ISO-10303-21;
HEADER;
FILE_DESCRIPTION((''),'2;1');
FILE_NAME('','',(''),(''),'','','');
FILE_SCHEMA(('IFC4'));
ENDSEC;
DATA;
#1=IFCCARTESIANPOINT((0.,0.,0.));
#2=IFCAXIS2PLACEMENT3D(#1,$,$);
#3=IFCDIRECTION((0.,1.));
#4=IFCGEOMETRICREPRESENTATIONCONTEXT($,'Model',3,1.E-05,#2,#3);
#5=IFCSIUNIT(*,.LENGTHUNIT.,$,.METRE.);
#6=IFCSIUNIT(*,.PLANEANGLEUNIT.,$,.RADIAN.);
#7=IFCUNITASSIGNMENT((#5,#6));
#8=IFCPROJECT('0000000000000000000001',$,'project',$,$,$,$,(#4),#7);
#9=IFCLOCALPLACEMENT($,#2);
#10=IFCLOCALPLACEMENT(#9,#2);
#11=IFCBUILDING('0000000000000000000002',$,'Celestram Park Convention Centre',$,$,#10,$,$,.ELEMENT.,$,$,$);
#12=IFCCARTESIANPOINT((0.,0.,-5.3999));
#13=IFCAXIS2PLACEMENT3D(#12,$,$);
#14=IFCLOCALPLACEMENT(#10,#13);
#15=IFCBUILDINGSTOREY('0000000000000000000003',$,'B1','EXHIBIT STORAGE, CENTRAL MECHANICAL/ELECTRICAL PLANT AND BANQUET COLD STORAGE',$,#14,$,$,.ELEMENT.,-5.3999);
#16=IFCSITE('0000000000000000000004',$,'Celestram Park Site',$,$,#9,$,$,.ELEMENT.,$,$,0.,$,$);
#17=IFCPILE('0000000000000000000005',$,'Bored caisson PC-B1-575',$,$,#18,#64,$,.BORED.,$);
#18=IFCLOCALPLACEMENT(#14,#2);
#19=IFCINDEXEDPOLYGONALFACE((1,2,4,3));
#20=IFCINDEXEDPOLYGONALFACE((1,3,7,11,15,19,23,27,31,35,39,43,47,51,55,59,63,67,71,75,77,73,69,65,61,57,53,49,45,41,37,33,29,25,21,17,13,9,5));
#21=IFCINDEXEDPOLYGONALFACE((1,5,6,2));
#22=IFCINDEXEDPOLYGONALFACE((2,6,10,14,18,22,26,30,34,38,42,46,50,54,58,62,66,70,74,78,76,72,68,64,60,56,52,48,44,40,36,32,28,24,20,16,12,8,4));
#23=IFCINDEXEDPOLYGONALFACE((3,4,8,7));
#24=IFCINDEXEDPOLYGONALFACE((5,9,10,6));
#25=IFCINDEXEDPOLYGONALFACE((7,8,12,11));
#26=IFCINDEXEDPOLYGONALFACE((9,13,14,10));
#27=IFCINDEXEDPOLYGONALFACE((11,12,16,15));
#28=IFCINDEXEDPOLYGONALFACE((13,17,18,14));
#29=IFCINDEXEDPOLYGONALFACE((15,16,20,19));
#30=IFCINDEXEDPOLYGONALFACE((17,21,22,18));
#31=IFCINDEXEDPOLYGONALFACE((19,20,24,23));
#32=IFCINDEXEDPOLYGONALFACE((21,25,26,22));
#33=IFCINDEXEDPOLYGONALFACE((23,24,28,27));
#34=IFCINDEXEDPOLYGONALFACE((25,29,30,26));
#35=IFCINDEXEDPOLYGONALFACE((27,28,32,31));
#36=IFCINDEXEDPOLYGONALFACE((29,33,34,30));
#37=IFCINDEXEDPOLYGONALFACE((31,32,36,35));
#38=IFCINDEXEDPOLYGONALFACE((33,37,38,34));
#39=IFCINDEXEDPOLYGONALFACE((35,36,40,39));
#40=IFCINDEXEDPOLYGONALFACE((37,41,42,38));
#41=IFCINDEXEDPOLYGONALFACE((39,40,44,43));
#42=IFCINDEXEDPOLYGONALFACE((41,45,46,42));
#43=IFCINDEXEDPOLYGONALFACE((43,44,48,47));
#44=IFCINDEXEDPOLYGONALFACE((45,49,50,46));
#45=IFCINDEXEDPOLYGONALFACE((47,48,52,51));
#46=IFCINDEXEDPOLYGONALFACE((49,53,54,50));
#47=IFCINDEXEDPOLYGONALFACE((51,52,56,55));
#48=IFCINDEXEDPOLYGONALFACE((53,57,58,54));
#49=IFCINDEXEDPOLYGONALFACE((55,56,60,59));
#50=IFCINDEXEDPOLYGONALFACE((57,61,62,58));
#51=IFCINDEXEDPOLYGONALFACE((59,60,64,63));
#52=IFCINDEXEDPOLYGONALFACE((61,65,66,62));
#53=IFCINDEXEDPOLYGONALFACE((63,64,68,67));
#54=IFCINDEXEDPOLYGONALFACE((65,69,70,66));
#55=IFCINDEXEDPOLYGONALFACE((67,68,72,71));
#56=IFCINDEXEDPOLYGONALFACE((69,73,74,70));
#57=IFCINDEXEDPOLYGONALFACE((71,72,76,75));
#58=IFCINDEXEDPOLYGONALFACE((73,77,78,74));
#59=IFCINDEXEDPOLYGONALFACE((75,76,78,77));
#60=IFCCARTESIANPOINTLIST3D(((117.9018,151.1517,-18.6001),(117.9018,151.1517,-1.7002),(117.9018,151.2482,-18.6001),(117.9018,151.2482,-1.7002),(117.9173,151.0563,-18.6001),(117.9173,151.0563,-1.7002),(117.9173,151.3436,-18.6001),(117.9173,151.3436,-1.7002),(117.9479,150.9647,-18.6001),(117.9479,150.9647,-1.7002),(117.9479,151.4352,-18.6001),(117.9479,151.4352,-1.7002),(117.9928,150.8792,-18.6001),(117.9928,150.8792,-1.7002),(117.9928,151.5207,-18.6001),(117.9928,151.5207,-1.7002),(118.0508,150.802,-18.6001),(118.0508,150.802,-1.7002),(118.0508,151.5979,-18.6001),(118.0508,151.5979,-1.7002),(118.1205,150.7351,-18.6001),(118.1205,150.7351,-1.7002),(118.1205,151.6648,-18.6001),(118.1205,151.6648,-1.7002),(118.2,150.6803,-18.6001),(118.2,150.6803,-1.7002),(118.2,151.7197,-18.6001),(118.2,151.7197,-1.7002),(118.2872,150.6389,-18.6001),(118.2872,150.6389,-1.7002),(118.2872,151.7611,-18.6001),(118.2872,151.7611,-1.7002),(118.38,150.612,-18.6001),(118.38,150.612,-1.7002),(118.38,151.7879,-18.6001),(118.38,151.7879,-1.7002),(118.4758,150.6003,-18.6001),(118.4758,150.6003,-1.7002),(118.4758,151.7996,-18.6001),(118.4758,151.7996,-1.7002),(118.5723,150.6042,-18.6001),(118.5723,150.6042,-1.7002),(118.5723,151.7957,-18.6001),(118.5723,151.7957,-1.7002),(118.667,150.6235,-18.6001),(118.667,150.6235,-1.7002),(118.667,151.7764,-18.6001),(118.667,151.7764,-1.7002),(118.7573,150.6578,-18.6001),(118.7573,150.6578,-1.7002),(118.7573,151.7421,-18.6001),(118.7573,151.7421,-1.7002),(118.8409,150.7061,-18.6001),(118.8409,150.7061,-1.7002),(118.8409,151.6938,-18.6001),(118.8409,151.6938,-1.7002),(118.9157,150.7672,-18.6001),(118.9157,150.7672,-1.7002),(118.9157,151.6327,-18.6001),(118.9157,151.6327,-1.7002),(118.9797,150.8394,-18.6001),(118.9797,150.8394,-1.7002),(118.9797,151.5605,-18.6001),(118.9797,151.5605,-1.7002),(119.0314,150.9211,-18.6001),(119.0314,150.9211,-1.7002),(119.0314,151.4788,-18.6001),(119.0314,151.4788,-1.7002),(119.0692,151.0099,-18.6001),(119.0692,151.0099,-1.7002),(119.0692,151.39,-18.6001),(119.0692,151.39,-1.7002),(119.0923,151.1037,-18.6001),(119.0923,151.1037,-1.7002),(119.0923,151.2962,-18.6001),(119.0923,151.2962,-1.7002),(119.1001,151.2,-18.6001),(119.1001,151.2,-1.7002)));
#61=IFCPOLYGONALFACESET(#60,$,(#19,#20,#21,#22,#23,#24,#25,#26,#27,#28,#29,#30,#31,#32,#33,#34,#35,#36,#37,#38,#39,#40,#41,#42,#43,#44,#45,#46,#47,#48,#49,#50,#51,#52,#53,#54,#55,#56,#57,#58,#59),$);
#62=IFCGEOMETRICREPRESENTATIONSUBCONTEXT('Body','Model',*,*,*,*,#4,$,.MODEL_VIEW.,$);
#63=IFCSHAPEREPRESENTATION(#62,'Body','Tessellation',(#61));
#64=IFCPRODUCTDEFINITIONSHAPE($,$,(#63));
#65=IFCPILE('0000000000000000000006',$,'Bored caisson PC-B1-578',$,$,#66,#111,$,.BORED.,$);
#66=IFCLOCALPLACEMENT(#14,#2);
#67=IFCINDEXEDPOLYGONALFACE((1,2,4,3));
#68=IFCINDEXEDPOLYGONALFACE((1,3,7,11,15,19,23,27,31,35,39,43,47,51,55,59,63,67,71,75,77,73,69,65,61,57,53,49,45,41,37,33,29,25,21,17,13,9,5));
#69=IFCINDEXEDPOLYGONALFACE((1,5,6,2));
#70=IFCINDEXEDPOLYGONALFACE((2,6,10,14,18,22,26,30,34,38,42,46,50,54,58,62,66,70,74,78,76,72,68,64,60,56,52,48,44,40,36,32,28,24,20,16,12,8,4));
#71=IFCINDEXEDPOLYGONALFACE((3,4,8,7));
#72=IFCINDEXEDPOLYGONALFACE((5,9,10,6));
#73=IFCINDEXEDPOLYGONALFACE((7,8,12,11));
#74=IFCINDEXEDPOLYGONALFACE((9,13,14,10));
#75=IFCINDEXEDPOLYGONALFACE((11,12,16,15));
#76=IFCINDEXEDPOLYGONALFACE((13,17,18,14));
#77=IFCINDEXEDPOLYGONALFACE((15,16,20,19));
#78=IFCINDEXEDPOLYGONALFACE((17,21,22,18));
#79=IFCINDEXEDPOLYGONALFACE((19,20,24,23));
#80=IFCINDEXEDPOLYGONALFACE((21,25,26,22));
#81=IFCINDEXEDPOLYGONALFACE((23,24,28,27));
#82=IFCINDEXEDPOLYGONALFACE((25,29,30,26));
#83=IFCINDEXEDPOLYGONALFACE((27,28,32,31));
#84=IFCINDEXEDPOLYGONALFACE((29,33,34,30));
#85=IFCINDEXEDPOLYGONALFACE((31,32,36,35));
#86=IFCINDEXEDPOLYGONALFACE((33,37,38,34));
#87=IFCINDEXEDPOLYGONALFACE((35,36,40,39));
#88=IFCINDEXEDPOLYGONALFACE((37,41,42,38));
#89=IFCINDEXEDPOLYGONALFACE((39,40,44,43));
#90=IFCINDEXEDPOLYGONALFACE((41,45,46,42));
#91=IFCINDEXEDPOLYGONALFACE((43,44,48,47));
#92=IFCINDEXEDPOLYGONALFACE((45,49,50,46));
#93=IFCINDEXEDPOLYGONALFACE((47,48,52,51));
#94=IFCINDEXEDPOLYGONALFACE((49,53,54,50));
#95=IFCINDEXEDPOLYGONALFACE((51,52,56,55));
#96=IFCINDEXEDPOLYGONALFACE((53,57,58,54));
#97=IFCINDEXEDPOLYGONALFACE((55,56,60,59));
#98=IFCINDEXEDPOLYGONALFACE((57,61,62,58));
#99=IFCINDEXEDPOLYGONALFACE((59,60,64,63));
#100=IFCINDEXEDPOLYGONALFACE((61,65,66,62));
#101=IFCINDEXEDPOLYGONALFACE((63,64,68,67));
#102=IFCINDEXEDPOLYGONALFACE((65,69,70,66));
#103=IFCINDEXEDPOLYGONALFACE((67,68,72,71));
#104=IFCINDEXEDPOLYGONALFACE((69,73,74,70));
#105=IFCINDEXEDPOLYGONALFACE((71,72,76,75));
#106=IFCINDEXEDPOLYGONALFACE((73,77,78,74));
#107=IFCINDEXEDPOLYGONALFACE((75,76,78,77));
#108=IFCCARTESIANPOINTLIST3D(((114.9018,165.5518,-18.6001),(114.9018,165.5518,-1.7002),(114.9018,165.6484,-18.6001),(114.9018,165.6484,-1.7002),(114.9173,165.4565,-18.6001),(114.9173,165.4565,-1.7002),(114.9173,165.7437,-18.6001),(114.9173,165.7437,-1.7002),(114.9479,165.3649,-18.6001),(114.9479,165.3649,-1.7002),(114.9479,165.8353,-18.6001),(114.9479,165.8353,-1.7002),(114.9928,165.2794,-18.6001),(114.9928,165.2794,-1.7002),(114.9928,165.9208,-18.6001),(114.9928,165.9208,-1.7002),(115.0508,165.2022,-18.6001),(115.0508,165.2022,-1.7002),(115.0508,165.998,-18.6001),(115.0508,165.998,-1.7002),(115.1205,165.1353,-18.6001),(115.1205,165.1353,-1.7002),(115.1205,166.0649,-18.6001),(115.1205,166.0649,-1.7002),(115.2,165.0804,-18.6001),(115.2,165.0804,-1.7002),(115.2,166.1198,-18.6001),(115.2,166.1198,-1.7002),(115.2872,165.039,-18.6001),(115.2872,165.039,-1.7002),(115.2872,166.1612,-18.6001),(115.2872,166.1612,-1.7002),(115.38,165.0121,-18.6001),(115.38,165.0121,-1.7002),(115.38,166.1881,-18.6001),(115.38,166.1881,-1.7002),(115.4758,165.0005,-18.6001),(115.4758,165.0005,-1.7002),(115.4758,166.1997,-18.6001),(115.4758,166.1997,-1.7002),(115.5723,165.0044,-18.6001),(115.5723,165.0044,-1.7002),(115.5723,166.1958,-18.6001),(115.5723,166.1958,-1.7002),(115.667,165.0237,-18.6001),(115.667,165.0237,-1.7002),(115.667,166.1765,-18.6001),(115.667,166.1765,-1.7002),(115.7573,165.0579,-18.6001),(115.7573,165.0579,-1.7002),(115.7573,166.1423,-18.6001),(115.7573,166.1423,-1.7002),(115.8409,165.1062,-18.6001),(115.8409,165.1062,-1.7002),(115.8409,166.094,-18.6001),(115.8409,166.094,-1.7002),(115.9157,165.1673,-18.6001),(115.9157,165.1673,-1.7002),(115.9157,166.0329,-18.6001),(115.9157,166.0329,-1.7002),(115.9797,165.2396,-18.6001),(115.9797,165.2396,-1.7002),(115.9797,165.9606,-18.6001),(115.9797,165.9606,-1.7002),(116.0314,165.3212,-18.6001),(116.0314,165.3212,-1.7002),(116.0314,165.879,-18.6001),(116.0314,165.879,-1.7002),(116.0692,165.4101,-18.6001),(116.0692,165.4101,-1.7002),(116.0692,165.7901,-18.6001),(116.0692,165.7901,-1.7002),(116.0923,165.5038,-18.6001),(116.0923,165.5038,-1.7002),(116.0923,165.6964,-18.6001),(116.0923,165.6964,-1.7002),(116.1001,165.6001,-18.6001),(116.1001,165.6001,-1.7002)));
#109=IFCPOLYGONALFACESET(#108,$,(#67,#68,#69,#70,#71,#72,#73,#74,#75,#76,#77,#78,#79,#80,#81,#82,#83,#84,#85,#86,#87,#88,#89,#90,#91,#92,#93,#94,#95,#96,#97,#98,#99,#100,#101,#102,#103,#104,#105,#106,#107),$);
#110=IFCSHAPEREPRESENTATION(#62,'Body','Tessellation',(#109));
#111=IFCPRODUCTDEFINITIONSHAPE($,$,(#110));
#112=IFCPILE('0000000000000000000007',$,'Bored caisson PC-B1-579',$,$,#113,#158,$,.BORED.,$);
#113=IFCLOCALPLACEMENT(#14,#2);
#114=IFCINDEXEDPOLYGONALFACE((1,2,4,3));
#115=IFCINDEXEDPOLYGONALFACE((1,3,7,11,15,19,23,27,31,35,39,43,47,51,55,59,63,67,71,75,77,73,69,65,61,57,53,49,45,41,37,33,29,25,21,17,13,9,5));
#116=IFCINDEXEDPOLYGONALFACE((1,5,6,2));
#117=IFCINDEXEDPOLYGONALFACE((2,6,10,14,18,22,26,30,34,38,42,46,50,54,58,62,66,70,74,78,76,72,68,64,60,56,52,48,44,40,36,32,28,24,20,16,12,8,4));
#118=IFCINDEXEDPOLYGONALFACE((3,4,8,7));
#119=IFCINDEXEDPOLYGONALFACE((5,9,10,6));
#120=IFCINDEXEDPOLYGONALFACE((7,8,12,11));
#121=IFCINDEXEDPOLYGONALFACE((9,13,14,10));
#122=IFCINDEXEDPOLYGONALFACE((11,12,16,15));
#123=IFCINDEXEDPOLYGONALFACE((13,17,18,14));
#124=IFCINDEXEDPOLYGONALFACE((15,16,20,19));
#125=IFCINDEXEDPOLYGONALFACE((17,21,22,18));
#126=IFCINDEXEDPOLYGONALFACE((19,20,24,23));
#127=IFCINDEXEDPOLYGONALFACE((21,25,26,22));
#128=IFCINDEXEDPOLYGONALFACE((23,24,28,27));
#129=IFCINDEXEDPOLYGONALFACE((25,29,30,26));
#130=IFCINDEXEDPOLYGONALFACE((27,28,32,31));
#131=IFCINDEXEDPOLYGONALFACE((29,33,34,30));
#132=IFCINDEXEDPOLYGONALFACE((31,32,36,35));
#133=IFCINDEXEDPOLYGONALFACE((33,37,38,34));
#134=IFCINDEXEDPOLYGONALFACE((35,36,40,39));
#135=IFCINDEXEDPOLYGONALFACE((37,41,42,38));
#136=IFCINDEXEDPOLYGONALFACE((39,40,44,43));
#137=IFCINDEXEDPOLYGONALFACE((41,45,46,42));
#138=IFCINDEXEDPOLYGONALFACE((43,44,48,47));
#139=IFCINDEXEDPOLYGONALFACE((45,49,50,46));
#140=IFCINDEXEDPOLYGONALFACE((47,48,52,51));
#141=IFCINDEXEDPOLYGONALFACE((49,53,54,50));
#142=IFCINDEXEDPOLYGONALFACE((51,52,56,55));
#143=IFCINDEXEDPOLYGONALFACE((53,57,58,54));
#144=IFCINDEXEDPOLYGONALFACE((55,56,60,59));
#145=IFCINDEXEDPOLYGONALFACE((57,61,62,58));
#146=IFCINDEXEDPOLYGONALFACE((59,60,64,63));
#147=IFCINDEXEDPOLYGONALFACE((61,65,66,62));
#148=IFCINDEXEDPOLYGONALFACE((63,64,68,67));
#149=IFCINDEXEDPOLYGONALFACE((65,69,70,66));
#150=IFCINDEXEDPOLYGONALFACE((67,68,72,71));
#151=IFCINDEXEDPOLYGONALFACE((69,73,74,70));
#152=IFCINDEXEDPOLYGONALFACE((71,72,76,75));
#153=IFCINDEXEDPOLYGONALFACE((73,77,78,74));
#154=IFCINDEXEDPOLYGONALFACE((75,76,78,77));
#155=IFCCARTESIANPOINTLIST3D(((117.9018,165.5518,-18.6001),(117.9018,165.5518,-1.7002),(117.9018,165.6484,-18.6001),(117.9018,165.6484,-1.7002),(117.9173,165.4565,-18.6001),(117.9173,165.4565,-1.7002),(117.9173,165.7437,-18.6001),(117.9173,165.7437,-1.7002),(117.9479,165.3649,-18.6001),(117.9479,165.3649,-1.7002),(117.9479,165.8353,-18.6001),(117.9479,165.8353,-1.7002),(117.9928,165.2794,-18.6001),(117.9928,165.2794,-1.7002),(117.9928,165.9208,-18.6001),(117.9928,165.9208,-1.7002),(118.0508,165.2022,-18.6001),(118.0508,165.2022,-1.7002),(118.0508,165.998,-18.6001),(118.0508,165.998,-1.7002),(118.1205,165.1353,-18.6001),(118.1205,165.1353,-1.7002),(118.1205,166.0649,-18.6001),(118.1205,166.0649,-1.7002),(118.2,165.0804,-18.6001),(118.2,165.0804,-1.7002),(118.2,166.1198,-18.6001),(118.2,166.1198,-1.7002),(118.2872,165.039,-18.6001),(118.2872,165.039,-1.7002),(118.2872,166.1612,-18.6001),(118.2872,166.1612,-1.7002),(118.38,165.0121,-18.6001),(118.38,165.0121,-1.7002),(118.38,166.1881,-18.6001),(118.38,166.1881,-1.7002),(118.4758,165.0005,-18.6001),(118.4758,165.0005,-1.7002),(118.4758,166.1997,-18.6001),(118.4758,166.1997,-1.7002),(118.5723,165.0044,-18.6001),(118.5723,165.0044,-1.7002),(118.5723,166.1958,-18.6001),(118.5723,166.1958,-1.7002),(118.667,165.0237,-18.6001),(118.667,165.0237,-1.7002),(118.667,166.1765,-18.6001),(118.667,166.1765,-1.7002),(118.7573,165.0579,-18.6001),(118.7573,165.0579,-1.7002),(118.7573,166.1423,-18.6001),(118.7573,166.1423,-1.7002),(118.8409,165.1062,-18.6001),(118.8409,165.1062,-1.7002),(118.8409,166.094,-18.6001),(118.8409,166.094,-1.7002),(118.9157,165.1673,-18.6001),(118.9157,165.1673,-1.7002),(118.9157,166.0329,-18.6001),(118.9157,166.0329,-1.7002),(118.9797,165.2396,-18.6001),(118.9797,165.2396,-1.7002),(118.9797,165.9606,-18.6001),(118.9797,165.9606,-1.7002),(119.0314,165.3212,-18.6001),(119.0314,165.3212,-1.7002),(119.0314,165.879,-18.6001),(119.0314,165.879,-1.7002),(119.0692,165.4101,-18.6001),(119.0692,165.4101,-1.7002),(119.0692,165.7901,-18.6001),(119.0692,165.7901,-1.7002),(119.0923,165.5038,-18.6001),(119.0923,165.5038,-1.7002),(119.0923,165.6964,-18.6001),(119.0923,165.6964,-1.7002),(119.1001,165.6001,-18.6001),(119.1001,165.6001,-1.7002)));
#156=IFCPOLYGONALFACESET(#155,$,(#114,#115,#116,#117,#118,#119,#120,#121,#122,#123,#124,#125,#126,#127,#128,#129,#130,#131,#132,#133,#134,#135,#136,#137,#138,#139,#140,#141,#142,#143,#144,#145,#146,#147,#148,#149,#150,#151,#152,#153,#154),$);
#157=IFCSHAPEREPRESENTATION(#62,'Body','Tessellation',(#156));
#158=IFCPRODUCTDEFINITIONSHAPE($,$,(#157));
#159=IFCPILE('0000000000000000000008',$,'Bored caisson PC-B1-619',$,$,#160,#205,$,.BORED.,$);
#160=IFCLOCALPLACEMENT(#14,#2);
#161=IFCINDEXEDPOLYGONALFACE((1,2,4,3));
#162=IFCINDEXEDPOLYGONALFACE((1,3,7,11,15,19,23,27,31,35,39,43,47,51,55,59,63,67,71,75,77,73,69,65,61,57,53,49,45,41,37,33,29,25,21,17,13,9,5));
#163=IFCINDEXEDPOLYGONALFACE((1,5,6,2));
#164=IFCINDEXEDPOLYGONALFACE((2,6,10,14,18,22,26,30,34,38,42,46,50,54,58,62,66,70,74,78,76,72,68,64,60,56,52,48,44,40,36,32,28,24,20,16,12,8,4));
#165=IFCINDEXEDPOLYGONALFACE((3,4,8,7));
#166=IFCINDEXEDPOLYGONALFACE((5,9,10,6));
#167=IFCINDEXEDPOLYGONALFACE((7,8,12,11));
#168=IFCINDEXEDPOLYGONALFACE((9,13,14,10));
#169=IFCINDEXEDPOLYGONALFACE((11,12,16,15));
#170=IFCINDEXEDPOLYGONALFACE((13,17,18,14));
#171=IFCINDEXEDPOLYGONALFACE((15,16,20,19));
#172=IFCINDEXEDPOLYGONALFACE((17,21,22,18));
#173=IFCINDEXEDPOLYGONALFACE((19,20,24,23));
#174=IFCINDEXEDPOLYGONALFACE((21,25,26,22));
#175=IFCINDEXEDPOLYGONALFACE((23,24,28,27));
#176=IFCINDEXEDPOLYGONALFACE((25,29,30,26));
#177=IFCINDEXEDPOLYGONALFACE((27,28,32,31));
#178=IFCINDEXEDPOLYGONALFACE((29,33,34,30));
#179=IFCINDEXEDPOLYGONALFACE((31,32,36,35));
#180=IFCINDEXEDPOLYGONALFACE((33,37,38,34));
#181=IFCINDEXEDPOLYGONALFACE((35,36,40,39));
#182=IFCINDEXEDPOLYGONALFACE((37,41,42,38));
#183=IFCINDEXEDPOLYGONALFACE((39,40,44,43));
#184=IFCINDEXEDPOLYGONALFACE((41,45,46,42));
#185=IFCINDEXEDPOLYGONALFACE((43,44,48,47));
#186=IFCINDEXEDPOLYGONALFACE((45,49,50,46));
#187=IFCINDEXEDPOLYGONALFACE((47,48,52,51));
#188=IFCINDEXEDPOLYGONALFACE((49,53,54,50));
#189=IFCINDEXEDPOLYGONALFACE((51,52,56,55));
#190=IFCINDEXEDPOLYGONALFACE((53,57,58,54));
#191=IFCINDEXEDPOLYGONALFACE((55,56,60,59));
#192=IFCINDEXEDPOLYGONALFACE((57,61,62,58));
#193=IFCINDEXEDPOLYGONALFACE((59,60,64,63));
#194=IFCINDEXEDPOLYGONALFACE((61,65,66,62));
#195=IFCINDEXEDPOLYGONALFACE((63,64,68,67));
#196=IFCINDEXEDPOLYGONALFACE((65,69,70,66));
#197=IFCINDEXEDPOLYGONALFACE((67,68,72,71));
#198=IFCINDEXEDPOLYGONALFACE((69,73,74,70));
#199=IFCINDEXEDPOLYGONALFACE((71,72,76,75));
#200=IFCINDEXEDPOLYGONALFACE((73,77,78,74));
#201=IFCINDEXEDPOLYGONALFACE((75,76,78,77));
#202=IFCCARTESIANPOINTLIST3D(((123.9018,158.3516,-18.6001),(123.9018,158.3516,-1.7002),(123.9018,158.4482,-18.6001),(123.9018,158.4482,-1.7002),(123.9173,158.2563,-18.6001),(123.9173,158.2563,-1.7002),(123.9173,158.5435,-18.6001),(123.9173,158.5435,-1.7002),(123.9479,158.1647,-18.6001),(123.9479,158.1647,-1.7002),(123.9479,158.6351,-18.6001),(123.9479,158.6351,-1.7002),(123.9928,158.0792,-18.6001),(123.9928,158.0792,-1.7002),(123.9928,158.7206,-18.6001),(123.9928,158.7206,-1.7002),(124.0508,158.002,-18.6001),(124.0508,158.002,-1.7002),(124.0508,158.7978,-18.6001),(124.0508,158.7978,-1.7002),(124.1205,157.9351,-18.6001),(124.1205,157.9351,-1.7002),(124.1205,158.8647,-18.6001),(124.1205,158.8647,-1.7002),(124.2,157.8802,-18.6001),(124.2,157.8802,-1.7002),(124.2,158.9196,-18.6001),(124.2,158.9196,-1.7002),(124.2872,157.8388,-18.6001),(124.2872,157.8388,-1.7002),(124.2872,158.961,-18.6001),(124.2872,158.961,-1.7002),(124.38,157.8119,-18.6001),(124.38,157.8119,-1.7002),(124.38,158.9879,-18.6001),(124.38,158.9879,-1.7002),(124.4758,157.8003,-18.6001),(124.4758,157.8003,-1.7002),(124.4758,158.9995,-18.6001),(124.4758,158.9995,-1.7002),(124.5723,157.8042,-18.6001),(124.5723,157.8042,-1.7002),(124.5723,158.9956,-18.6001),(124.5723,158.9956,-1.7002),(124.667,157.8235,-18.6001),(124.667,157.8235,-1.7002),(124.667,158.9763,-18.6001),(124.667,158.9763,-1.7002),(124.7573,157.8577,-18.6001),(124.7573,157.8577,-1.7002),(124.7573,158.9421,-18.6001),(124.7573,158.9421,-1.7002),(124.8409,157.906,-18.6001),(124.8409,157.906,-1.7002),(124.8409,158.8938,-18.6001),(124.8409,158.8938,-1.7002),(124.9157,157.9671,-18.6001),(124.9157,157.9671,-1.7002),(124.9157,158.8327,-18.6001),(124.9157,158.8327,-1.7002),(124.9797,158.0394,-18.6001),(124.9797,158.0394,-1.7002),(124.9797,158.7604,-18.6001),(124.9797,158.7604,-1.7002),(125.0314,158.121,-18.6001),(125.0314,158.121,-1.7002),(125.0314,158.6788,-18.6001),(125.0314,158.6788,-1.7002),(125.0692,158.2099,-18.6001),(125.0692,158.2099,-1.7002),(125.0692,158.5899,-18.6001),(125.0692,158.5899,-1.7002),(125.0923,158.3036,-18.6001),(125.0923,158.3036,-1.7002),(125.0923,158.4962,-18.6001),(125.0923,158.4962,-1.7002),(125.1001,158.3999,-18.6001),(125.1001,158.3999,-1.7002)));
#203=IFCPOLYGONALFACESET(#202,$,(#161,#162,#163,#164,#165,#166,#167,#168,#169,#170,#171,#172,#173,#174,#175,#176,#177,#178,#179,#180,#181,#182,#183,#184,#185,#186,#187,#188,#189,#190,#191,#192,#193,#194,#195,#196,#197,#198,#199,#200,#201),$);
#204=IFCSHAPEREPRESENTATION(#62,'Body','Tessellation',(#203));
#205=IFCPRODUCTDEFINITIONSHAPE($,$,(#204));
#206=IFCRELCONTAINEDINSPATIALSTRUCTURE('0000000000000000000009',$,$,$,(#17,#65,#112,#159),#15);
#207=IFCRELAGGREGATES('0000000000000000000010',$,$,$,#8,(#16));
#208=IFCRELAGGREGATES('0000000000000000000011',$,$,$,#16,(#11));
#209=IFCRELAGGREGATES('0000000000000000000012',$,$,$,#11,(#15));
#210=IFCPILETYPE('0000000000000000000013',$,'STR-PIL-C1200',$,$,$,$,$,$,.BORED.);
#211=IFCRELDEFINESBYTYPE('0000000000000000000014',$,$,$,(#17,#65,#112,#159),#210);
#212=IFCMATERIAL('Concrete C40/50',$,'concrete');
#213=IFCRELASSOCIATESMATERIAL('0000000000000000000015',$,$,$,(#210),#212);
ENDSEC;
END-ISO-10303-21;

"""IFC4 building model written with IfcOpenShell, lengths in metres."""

from ifc_helpers import new_model, si_unit, direction, frame, origin, origin_2d, place, context, subcontext, project, spatial, circle, extrude, material, material_profile, profile_set, type_object, element, save


model = new_model("IFC4")

# Units and contexts
model_context = context("Model", 3, precision=1e-05, world=origin(), true_north=direction((0.0, 1.0)))
body_context = subcontext(model_context, "Body", "Model", "MODEL_VIEW")
ifc_project = project(units=[si_unit("LENGTHUNIT", "METRE"), si_unit("PLANEANGLEUNIT", "RADIAN")], contexts=[model_context])

# Site, building, storey
site_placement = place(None, origin())
site = spatial("IfcSite", under=ifc_project, at=site_placement, Name="Celestram Park Site", CompositionType="ELEMENT", RefElevation=0.0)
building_placement = place(site_placement, origin())
building = spatial("IfcBuilding", under=site, at=building_placement, Name="Celestram Park Convention Centre", CompositionType="ELEMENT")
storey_placement = place(building_placement, frame((0.0, 0.0, -5.3999)))
storey = spatial("IfcBuildingStorey", under=building, at=storey_placement, Name="B1", Description="EXHIBIT STORAGE, CENTRAL MECHANICAL/ELECTRICAL PLANT AND BANQUET COLD STORAGE", CompositionType="ELEMENT", Elevation=-5.3999)

# Shared definitions
ifc_material_1 = material(Name="Concrete C40/50", Category="concrete")

# Piles
ifc_material_profile_1 = material_profile(ifc_material_1, circle(Radius=0.6001, at=origin_2d()), Name="CAISSON1200")
ifc_profile_set_1 = profile_set([ifc_material_profile_1], Name="Concrete C40/50")
pile_type_1 = type_object("IfcPileType", Name="STR-PIL-C1200", PredefinedType="BORED", material=ifc_profile_set_1)
for number, where, z_axis, x_axis, name in (
    (1, (118.5, 151.2, -1.7002), (0.0, 0.0, -1.0), (1.0, 0.0, 0.0), "Bored caisson PC-B1-575"),
    (2, (115.5, 165.6001, -1.7002), (0.0, 0.0, -1.0), (1.0, 0.0, 0.0), "Bored caisson PC-B1-578"),
    (3, (118.5, 165.6001, -1.7002), (0.0, 0.0, -1.0), (1.0, 0.0, 0.0), "Bored caisson PC-B1-579"),
    (4, (124.5, 158.3999, -1.7002), (0.0, 0.0, -1.0), (1.0, 0.0, 0.0), "Bored caisson PC-B1-619"),
):
    element("IfcPile", number, at=place(storey_placement, frame(where, z_axis=z_axis, x_axis=x_axis)), inside=storey, type_object=pile_type_1, Name=name, PredefinedType="BORED", context=body_context, shape_type="SweptSolid", body=[
        extrude(circle(Radius=0.6001, at=origin_2d()), origin(), (0.0, 0.0, 1.0), 16.8999),
    ])

save(model, "model.ifc")
